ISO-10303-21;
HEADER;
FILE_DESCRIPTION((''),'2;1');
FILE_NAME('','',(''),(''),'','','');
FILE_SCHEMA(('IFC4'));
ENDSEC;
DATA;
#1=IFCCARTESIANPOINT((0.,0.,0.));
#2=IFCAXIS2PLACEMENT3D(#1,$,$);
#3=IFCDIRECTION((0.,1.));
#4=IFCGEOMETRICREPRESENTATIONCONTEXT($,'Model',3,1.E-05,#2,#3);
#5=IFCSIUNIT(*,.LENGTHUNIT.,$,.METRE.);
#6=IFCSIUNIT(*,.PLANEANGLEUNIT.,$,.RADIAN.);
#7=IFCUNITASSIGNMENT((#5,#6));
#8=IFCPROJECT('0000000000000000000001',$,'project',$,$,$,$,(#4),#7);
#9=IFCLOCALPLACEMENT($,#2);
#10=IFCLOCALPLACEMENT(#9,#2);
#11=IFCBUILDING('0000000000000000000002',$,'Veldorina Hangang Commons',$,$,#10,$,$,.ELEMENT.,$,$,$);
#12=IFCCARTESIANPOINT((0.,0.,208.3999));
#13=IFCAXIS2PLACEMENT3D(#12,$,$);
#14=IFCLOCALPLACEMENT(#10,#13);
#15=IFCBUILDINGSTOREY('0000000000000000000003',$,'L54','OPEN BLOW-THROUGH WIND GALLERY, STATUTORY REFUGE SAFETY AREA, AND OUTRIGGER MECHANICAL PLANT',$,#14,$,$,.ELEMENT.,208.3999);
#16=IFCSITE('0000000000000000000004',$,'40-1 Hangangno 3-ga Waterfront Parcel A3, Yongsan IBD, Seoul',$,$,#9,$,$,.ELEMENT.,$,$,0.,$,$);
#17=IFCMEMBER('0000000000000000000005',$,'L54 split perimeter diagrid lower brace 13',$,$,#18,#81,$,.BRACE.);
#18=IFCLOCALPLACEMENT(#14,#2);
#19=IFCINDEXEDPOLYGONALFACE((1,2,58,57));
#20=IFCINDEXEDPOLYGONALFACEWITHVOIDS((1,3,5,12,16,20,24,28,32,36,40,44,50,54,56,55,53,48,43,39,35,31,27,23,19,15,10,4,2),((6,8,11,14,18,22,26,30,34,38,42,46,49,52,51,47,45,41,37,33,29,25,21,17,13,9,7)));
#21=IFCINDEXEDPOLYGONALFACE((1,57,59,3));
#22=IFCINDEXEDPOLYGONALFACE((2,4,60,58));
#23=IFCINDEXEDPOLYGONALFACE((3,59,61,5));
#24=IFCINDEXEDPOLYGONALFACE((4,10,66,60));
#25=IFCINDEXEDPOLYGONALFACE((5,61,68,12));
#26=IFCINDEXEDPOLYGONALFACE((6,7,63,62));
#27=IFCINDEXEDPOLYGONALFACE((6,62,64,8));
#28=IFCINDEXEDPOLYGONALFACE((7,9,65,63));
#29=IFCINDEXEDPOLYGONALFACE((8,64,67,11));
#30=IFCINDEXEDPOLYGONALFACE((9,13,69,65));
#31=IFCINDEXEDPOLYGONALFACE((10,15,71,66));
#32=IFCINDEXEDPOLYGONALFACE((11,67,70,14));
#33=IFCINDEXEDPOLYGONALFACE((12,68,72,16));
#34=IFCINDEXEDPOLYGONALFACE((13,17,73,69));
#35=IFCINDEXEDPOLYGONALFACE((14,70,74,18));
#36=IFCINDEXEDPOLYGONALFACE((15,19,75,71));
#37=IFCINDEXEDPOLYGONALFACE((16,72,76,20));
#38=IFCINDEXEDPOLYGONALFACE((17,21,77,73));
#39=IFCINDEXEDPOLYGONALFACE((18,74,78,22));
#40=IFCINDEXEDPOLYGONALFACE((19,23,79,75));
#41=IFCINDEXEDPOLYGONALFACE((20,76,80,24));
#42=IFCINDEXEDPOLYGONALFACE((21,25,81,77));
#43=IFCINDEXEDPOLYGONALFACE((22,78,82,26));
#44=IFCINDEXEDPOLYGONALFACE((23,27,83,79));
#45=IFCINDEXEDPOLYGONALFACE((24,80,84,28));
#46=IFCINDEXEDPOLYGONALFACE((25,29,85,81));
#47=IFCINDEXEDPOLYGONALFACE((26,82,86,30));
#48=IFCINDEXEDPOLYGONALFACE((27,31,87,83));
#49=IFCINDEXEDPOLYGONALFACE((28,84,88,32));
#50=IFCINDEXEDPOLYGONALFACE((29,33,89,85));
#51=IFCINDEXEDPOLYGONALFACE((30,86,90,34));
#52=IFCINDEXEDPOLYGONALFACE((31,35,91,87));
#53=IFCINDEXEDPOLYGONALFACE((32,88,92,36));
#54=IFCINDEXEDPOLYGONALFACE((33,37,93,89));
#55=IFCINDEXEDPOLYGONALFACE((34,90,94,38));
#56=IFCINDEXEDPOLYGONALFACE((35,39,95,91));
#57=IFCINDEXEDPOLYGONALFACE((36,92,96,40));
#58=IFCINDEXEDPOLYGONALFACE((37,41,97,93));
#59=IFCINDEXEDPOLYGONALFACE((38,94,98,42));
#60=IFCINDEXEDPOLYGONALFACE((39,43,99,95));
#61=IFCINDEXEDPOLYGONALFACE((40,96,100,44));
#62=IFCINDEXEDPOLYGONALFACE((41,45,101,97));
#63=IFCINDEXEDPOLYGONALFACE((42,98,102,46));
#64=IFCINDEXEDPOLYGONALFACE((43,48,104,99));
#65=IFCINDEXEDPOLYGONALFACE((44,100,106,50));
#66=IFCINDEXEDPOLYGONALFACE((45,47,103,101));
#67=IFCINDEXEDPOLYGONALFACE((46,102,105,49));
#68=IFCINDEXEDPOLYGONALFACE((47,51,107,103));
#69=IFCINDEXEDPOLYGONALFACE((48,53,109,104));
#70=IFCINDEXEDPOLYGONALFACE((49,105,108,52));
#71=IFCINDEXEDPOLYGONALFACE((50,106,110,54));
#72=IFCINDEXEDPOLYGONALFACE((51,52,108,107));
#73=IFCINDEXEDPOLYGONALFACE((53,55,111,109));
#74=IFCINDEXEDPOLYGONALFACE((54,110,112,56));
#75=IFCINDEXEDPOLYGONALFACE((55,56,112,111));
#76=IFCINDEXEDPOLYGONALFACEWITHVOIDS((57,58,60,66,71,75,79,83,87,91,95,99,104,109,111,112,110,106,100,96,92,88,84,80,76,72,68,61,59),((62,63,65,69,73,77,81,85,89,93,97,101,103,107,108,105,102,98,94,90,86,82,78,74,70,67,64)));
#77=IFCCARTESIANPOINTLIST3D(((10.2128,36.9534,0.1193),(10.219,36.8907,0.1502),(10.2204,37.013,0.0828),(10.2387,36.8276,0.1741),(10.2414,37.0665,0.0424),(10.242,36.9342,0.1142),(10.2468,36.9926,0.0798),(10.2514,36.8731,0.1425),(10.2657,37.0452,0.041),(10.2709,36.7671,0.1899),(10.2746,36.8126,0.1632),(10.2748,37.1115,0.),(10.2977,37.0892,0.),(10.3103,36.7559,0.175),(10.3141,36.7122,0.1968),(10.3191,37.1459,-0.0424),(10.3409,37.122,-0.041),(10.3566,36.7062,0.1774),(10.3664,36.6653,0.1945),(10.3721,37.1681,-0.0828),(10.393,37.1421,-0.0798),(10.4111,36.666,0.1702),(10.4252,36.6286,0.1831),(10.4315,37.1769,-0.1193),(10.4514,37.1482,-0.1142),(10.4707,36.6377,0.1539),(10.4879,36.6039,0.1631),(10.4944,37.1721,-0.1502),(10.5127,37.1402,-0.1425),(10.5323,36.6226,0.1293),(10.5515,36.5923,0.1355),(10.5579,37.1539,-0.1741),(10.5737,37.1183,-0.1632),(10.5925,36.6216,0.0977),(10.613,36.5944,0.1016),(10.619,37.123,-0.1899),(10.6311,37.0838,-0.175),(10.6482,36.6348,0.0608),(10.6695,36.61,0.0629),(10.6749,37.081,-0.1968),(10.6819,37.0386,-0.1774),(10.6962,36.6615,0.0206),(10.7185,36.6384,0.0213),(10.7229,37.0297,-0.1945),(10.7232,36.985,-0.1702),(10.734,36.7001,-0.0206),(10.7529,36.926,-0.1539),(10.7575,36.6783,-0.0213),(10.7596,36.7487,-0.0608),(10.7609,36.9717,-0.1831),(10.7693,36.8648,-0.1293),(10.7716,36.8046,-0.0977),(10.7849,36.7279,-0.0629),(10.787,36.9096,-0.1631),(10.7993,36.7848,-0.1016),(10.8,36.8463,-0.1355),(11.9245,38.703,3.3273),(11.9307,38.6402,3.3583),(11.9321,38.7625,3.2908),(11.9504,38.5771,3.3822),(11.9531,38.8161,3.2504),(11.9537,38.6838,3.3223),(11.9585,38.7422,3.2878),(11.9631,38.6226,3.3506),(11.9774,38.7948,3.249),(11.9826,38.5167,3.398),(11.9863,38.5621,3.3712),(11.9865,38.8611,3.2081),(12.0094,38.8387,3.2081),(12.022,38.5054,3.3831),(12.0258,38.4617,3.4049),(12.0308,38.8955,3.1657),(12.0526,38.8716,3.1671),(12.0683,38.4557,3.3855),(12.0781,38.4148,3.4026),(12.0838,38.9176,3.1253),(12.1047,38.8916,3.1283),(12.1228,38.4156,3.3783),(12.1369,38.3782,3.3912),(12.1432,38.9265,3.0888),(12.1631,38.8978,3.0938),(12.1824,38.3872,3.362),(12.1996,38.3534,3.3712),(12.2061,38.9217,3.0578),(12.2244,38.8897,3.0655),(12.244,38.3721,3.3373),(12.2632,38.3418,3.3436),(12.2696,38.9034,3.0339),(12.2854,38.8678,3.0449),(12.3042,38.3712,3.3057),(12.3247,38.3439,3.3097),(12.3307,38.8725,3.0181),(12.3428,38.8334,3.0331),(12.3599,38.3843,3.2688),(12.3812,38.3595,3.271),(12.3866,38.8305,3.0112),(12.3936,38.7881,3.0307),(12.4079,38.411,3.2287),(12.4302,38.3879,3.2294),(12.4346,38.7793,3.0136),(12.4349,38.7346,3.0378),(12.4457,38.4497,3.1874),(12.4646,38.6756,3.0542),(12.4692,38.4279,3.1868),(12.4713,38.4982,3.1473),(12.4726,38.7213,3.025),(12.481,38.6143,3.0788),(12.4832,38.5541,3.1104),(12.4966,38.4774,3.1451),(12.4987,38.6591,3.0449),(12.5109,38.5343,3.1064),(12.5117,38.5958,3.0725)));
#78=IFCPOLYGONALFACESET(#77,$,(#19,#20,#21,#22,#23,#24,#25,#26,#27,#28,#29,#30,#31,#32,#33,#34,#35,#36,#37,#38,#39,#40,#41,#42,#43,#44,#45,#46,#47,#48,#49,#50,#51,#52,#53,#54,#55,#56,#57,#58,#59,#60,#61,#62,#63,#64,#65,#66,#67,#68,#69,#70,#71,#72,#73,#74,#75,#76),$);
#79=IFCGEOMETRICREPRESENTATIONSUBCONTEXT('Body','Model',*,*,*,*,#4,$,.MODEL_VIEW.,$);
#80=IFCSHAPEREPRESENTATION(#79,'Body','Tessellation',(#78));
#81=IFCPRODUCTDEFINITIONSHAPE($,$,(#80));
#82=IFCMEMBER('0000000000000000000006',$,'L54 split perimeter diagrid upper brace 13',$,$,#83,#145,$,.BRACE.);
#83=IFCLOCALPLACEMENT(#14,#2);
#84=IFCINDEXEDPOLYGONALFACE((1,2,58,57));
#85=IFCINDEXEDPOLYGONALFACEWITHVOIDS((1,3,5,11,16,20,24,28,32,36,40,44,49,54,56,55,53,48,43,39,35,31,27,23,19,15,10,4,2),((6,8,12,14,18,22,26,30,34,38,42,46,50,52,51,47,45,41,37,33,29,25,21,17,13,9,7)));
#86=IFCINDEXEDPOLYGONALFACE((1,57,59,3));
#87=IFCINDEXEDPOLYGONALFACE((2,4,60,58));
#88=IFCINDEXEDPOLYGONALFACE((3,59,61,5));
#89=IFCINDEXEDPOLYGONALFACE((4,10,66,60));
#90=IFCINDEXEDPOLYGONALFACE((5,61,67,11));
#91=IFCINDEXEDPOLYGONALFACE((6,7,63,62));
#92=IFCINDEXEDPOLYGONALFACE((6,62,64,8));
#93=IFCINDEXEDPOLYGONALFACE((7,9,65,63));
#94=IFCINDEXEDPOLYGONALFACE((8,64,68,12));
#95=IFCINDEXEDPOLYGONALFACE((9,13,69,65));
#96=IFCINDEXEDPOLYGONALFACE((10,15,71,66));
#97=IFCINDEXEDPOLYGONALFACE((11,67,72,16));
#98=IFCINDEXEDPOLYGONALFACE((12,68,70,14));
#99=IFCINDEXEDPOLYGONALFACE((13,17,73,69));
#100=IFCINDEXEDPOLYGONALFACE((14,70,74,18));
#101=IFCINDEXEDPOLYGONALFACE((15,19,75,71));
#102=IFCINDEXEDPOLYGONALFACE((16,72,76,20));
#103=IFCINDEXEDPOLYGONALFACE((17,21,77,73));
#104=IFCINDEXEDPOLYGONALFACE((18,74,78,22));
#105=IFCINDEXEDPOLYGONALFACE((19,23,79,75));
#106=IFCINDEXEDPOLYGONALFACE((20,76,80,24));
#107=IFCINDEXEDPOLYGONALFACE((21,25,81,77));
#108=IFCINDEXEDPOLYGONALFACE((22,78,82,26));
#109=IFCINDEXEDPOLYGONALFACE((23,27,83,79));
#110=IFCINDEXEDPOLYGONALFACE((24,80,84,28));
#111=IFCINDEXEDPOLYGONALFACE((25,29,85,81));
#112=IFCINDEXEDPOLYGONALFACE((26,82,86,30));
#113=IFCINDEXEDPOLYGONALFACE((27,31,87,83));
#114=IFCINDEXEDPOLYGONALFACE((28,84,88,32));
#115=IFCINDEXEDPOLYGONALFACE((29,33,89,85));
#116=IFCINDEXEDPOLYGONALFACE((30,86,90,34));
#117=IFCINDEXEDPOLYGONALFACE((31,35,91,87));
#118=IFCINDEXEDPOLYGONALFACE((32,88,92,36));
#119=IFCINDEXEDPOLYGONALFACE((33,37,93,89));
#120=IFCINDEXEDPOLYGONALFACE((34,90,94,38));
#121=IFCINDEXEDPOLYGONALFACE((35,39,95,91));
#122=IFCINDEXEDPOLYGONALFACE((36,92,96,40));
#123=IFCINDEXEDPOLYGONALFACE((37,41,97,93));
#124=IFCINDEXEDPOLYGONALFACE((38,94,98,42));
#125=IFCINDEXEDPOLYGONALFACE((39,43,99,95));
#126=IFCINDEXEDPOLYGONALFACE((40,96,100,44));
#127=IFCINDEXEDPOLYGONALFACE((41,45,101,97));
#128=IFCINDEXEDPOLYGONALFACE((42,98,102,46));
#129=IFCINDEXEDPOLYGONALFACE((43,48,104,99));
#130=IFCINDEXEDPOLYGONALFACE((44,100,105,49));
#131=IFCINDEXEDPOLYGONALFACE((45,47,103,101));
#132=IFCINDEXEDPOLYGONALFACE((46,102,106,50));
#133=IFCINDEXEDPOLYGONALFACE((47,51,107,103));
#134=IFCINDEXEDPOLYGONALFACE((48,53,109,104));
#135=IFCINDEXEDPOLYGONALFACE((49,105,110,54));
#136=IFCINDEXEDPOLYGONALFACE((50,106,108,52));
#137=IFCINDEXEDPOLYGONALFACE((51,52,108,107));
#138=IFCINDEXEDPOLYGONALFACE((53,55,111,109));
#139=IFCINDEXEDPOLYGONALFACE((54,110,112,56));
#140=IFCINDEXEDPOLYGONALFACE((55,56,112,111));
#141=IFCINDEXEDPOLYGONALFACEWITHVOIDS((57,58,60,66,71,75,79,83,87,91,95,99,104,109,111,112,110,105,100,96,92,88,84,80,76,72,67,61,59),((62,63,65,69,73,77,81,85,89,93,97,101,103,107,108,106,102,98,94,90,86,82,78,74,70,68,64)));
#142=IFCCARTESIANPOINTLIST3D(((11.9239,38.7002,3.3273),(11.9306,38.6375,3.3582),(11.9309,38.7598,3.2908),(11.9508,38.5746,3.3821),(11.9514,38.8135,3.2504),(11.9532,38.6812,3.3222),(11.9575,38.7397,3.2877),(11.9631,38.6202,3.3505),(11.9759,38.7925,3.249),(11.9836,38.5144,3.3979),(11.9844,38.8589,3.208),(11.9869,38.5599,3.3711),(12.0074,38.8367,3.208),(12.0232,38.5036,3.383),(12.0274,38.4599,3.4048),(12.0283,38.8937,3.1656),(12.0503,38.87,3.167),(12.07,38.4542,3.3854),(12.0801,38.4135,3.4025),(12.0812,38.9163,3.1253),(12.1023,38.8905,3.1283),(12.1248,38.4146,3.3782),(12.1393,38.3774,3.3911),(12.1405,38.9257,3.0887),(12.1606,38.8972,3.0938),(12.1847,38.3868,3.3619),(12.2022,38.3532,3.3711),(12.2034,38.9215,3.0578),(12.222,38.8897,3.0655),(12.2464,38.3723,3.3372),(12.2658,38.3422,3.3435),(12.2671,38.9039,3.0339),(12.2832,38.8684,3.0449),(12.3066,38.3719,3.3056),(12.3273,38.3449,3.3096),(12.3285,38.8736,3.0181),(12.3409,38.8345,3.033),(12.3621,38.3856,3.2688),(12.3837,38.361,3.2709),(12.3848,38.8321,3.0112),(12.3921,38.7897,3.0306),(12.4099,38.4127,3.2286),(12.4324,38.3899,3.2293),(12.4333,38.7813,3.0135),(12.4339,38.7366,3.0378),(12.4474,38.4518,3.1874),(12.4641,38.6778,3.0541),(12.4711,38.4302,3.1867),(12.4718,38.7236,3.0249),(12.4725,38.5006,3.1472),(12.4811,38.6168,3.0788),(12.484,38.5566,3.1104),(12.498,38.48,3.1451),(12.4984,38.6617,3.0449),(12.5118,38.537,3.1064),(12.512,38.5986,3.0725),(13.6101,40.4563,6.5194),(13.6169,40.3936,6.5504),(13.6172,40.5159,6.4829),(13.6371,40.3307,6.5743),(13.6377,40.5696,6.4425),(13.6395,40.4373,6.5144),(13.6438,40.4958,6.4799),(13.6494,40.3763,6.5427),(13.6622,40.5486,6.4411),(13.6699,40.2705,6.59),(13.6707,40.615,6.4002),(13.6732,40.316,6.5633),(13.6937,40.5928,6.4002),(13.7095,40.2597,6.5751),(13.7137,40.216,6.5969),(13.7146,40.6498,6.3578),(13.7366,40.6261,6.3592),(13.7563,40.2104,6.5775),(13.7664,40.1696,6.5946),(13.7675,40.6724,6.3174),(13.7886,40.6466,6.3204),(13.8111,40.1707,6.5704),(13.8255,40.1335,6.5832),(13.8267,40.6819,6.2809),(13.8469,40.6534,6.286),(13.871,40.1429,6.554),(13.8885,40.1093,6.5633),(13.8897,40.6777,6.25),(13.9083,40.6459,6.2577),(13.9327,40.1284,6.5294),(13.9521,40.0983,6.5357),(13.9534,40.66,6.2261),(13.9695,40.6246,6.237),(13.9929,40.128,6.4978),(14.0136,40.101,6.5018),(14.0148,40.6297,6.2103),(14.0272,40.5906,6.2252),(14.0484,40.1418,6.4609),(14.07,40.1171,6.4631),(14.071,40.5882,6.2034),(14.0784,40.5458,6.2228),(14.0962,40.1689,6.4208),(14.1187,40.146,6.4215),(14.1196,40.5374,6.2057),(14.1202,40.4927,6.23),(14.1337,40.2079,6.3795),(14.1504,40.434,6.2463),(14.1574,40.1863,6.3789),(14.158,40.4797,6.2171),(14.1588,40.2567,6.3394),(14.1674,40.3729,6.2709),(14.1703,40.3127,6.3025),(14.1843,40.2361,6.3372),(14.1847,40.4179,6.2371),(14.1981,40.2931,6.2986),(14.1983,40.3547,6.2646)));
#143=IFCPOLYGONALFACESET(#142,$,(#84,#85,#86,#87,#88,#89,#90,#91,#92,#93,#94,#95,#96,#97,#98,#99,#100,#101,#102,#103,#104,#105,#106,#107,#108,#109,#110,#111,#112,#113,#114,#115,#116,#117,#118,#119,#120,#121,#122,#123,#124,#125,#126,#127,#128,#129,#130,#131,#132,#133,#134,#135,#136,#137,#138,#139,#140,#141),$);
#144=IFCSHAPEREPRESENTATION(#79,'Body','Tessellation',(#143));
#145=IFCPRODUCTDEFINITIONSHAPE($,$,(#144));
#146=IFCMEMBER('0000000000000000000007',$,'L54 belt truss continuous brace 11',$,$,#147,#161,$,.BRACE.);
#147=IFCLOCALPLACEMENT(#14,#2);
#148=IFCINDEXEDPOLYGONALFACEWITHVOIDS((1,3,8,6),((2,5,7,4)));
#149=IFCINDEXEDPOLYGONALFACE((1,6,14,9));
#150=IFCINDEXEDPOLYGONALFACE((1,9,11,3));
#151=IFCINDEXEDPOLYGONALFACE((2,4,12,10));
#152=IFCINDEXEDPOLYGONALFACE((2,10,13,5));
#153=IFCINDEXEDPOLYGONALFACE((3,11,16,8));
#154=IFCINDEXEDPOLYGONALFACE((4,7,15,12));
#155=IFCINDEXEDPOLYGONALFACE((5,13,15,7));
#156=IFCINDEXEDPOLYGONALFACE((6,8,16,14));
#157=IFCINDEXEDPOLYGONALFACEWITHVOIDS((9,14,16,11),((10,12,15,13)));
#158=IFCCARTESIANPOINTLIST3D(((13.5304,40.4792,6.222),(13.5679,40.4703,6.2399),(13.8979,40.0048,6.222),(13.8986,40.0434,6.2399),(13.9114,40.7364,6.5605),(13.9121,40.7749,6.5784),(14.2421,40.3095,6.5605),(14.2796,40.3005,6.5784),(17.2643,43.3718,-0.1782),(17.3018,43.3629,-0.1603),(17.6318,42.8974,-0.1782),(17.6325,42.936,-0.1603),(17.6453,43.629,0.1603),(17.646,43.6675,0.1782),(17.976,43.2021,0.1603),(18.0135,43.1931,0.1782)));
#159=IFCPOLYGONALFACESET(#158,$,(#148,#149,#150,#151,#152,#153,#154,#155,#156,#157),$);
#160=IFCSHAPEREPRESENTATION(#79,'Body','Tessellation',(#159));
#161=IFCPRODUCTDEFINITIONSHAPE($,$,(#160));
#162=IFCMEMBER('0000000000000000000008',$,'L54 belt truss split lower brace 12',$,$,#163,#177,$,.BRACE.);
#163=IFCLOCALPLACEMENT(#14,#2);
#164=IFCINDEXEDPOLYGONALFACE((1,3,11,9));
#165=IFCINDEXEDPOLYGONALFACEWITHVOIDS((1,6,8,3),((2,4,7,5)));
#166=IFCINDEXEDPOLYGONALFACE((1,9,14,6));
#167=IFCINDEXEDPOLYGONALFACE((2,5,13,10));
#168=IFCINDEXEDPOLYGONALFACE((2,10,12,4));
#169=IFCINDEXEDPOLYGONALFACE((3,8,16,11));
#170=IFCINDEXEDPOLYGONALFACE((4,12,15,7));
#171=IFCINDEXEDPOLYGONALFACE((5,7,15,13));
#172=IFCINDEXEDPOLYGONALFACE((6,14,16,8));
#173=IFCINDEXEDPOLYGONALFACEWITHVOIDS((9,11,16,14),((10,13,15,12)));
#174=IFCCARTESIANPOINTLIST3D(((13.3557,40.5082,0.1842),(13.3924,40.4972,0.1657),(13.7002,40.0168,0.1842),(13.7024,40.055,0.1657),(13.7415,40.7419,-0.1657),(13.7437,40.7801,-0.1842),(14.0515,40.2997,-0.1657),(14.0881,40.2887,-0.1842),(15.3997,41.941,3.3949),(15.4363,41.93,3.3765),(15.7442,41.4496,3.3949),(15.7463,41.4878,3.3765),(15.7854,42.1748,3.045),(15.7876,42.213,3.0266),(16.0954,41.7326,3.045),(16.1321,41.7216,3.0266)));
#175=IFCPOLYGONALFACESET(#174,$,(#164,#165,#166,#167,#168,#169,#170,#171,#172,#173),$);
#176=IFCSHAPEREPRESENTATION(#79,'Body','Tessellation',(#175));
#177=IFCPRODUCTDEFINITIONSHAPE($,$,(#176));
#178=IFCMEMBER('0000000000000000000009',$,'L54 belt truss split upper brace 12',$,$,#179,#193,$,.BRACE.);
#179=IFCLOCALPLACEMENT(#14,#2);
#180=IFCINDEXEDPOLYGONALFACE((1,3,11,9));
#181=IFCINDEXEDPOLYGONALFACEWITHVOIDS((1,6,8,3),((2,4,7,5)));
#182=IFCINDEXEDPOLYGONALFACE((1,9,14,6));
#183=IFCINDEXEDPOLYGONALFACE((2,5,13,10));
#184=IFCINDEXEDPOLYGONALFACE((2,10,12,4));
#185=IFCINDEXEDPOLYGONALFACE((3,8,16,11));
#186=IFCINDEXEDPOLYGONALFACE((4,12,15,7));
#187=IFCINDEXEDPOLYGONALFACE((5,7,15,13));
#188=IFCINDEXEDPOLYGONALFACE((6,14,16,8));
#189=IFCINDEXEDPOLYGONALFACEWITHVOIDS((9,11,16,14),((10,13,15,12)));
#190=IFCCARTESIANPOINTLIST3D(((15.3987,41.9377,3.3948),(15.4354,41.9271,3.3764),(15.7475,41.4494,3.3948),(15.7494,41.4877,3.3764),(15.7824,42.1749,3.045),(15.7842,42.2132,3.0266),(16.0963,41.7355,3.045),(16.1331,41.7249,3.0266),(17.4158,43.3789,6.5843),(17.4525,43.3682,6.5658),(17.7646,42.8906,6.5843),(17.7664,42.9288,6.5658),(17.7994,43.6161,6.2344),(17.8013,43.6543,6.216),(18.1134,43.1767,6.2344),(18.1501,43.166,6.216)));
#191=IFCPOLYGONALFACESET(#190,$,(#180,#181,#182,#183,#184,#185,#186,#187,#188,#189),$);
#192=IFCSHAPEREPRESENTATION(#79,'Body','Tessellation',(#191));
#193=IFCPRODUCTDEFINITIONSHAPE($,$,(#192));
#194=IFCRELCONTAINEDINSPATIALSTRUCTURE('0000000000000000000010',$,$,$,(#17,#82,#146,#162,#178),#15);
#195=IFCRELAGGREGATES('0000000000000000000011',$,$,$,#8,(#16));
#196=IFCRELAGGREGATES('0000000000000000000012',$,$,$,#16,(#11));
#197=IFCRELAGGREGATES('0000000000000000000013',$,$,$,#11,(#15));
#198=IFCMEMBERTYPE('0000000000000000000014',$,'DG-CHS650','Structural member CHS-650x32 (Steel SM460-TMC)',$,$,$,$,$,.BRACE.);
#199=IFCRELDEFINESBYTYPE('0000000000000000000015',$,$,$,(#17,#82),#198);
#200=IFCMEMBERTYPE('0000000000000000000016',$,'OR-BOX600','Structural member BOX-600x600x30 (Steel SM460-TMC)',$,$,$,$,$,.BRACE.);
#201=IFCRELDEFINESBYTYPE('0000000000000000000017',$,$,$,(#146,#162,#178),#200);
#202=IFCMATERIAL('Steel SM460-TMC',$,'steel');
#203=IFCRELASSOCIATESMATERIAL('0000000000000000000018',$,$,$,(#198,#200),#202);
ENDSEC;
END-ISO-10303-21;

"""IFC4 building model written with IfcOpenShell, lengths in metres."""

from ifc_helpers import new_model, si_unit, direction, frame, origin, origin_2d, place, context, subcontext, project, spatial, hollow_rectangle, hollow_circle, extrude, material, material_profile, profile_set, type_object, element, save


model = new_model("IFC4")

# Units and contexts
model_context = context("Model", 3, precision=1e-05, world=origin(), true_north=direction((0.0, 1.0)))
body_context = subcontext(model_context, "Body", "Model", "MODEL_VIEW")
ifc_project = project(units=[si_unit("LENGTHUNIT", "METRE"), si_unit("PLANEANGLEUNIT", "RADIAN")], contexts=[model_context])

# Site, building, storey
site_placement = place(None, origin())
site = spatial("IfcSite", under=ifc_project, at=site_placement, Name="40-1 Hangangno 3-ga Waterfront Parcel A3, Yongsan IBD, Seoul", CompositionType="ELEMENT", RefElevation=0.0)
building_placement = place(site_placement, origin())
building = spatial("IfcBuilding", under=site, at=building_placement, Name="Veldorina Hangang Commons", CompositionType="ELEMENT")
storey_placement = place(building_placement, frame((0.0, 0.0, 208.3999)))
storey = spatial("IfcBuildingStorey", under=building, at=storey_placement, Name="L54", Description="OPEN BLOW-THROUGH WIND GALLERY, STATUTORY REFUGE SAFETY AREA, AND OUTRIGGER MECHANICAL PLANT", CompositionType="ELEMENT", Elevation=208.3999)

# Shared definitions
ifc_material_1 = material(Name="Steel SM460-TMC", Category="steel")

# Members
ifc_material_profile_1 = material_profile(ifc_material_1, hollow_circle(Radius=0.325, WallThickness=0.032, at=origin_2d()), Name="CHS-650x32")
ifc_profile_set_1 = profile_set([ifc_material_profile_1], Name="Steel SM460-TMC")
member_type_1 = type_object("IfcMemberType", Name="DG-CHS650", Description="Structural member CHS-650x32 (Steel SM460-TMC)", PredefinedType="BRACE", material=ifc_profile_set_1)
member_1_placement = place(storey_placement, frame((10.5071, 36.8843, 0.0), z_axis=(0.424197, 0.433575, 0.795028), x_axis=(-0.714795, 0.699334, 0.0)))
element("IfcMember", 1, at=member_1_placement, inside=storey, type_object=member_type_1, Name="L54 split perimeter diagrid lower brace 13", PredefinedType="BRACE", context=body_context, shape_type="SweptSolid", body=[
    extrude(hollow_circle(Radius=0.325, WallThickness=0.032, at=origin_2d()), origin(), (0.0, 0.0, 1.0), 4.0352),
])
member_2_placement = place(storey_placement, frame((12.2188, 38.6338, 3.208), z_axis=(0.420034, 0.437427, 0.795128), x_axis=(-0.721301, 0.692622, 0.0)))
element("IfcMember", 2, at=member_2_placement, inside=storey, type_object=member_type_1, Name="L54 split perimeter diagrid upper brace 13", PredefinedType="BRACE", context=body_context, shape_type="SweptSolid", body=[
    extrude(hollow_circle(Radius=0.325, WallThickness=0.032, at=origin_2d()), origin(), (0.0, 0.0, 1.0), 4.0146),
])
ifc_material_profile_2 = material_profile(ifc_material_1, hollow_rectangle(XDim=0.6001, YDim=0.6001, WallThickness=0.03, at=origin_2d()), Name="BOX-600x600x30")
ifc_profile_set_2 = profile_set([ifc_material_profile_2], Name="Steel SM460-TMC")
member_type_2 = type_object("IfcMemberType", Name="OR-BOX600", Description="Structural member BOX-600x600x30 (Steel SM460-TMC)", PredefinedType="BRACE", material=ifc_profile_set_2)
member_3_placement = place(storey_placement, frame((17.6389, 43.2825, 0.0), z_axis=(-0.469418, -0.36365, 0.804615), x_axis=(0.612415, -0.790536, 0.0)))
element("IfcMember", 3, at=member_3_placement, inside=storey, type_object=member_type_2, Name="L54 belt truss continuous brace 11", PredefinedType="BRACE", context=body_context, shape_type="SweptSolid", body=[
    extrude(hollow_rectangle(XDim=0.6001, YDim=0.6001, WallThickness=0.03, at=origin_2d()), origin(), (0.0, 0.0, 1.0), 7.9543),
])
member_4_placement = place(storey_placement, frame((13.7219, 40.3984, 0.0), z_axis=(0.502586, 0.352326, 0.789477), x_axis=(-0.574027, 0.818837, 0.0)))
element("IfcMember", 4, at=member_4_placement, inside=storey, type_object=member_type_2, Name="L54 belt truss split lower brace 12", PredefinedType="BRACE", context=body_context, shape_type="SweptSolid", body=[
    extrude(hollow_rectangle(XDim=0.6001, YDim=0.6001, WallThickness=0.03, at=origin_2d()), origin(), (0.0, 0.0, 1.0), 4.0669),
])
member_5_placement = place(storey_placement, frame((15.7659, 41.8313, 3.2107), z_axis=(0.499332, 0.35676, 0.789551), x_axis=(-0.581341, 0.81366, 0.0)))
element("IfcMember", 5, at=member_5_placement, inside=storey, type_object=member_type_2, Name="L54 belt truss split upper brace 12", PredefinedType="BRACE", context=body_context, shape_type="SweptSolid", body=[
    extrude(hollow_rectangle(XDim=0.6001, YDim=0.6001, WallThickness=0.03, at=origin_2d()), origin(), (0.0, 0.0, 1.0), 4.0396),
])

save(model, "model.ifc")
